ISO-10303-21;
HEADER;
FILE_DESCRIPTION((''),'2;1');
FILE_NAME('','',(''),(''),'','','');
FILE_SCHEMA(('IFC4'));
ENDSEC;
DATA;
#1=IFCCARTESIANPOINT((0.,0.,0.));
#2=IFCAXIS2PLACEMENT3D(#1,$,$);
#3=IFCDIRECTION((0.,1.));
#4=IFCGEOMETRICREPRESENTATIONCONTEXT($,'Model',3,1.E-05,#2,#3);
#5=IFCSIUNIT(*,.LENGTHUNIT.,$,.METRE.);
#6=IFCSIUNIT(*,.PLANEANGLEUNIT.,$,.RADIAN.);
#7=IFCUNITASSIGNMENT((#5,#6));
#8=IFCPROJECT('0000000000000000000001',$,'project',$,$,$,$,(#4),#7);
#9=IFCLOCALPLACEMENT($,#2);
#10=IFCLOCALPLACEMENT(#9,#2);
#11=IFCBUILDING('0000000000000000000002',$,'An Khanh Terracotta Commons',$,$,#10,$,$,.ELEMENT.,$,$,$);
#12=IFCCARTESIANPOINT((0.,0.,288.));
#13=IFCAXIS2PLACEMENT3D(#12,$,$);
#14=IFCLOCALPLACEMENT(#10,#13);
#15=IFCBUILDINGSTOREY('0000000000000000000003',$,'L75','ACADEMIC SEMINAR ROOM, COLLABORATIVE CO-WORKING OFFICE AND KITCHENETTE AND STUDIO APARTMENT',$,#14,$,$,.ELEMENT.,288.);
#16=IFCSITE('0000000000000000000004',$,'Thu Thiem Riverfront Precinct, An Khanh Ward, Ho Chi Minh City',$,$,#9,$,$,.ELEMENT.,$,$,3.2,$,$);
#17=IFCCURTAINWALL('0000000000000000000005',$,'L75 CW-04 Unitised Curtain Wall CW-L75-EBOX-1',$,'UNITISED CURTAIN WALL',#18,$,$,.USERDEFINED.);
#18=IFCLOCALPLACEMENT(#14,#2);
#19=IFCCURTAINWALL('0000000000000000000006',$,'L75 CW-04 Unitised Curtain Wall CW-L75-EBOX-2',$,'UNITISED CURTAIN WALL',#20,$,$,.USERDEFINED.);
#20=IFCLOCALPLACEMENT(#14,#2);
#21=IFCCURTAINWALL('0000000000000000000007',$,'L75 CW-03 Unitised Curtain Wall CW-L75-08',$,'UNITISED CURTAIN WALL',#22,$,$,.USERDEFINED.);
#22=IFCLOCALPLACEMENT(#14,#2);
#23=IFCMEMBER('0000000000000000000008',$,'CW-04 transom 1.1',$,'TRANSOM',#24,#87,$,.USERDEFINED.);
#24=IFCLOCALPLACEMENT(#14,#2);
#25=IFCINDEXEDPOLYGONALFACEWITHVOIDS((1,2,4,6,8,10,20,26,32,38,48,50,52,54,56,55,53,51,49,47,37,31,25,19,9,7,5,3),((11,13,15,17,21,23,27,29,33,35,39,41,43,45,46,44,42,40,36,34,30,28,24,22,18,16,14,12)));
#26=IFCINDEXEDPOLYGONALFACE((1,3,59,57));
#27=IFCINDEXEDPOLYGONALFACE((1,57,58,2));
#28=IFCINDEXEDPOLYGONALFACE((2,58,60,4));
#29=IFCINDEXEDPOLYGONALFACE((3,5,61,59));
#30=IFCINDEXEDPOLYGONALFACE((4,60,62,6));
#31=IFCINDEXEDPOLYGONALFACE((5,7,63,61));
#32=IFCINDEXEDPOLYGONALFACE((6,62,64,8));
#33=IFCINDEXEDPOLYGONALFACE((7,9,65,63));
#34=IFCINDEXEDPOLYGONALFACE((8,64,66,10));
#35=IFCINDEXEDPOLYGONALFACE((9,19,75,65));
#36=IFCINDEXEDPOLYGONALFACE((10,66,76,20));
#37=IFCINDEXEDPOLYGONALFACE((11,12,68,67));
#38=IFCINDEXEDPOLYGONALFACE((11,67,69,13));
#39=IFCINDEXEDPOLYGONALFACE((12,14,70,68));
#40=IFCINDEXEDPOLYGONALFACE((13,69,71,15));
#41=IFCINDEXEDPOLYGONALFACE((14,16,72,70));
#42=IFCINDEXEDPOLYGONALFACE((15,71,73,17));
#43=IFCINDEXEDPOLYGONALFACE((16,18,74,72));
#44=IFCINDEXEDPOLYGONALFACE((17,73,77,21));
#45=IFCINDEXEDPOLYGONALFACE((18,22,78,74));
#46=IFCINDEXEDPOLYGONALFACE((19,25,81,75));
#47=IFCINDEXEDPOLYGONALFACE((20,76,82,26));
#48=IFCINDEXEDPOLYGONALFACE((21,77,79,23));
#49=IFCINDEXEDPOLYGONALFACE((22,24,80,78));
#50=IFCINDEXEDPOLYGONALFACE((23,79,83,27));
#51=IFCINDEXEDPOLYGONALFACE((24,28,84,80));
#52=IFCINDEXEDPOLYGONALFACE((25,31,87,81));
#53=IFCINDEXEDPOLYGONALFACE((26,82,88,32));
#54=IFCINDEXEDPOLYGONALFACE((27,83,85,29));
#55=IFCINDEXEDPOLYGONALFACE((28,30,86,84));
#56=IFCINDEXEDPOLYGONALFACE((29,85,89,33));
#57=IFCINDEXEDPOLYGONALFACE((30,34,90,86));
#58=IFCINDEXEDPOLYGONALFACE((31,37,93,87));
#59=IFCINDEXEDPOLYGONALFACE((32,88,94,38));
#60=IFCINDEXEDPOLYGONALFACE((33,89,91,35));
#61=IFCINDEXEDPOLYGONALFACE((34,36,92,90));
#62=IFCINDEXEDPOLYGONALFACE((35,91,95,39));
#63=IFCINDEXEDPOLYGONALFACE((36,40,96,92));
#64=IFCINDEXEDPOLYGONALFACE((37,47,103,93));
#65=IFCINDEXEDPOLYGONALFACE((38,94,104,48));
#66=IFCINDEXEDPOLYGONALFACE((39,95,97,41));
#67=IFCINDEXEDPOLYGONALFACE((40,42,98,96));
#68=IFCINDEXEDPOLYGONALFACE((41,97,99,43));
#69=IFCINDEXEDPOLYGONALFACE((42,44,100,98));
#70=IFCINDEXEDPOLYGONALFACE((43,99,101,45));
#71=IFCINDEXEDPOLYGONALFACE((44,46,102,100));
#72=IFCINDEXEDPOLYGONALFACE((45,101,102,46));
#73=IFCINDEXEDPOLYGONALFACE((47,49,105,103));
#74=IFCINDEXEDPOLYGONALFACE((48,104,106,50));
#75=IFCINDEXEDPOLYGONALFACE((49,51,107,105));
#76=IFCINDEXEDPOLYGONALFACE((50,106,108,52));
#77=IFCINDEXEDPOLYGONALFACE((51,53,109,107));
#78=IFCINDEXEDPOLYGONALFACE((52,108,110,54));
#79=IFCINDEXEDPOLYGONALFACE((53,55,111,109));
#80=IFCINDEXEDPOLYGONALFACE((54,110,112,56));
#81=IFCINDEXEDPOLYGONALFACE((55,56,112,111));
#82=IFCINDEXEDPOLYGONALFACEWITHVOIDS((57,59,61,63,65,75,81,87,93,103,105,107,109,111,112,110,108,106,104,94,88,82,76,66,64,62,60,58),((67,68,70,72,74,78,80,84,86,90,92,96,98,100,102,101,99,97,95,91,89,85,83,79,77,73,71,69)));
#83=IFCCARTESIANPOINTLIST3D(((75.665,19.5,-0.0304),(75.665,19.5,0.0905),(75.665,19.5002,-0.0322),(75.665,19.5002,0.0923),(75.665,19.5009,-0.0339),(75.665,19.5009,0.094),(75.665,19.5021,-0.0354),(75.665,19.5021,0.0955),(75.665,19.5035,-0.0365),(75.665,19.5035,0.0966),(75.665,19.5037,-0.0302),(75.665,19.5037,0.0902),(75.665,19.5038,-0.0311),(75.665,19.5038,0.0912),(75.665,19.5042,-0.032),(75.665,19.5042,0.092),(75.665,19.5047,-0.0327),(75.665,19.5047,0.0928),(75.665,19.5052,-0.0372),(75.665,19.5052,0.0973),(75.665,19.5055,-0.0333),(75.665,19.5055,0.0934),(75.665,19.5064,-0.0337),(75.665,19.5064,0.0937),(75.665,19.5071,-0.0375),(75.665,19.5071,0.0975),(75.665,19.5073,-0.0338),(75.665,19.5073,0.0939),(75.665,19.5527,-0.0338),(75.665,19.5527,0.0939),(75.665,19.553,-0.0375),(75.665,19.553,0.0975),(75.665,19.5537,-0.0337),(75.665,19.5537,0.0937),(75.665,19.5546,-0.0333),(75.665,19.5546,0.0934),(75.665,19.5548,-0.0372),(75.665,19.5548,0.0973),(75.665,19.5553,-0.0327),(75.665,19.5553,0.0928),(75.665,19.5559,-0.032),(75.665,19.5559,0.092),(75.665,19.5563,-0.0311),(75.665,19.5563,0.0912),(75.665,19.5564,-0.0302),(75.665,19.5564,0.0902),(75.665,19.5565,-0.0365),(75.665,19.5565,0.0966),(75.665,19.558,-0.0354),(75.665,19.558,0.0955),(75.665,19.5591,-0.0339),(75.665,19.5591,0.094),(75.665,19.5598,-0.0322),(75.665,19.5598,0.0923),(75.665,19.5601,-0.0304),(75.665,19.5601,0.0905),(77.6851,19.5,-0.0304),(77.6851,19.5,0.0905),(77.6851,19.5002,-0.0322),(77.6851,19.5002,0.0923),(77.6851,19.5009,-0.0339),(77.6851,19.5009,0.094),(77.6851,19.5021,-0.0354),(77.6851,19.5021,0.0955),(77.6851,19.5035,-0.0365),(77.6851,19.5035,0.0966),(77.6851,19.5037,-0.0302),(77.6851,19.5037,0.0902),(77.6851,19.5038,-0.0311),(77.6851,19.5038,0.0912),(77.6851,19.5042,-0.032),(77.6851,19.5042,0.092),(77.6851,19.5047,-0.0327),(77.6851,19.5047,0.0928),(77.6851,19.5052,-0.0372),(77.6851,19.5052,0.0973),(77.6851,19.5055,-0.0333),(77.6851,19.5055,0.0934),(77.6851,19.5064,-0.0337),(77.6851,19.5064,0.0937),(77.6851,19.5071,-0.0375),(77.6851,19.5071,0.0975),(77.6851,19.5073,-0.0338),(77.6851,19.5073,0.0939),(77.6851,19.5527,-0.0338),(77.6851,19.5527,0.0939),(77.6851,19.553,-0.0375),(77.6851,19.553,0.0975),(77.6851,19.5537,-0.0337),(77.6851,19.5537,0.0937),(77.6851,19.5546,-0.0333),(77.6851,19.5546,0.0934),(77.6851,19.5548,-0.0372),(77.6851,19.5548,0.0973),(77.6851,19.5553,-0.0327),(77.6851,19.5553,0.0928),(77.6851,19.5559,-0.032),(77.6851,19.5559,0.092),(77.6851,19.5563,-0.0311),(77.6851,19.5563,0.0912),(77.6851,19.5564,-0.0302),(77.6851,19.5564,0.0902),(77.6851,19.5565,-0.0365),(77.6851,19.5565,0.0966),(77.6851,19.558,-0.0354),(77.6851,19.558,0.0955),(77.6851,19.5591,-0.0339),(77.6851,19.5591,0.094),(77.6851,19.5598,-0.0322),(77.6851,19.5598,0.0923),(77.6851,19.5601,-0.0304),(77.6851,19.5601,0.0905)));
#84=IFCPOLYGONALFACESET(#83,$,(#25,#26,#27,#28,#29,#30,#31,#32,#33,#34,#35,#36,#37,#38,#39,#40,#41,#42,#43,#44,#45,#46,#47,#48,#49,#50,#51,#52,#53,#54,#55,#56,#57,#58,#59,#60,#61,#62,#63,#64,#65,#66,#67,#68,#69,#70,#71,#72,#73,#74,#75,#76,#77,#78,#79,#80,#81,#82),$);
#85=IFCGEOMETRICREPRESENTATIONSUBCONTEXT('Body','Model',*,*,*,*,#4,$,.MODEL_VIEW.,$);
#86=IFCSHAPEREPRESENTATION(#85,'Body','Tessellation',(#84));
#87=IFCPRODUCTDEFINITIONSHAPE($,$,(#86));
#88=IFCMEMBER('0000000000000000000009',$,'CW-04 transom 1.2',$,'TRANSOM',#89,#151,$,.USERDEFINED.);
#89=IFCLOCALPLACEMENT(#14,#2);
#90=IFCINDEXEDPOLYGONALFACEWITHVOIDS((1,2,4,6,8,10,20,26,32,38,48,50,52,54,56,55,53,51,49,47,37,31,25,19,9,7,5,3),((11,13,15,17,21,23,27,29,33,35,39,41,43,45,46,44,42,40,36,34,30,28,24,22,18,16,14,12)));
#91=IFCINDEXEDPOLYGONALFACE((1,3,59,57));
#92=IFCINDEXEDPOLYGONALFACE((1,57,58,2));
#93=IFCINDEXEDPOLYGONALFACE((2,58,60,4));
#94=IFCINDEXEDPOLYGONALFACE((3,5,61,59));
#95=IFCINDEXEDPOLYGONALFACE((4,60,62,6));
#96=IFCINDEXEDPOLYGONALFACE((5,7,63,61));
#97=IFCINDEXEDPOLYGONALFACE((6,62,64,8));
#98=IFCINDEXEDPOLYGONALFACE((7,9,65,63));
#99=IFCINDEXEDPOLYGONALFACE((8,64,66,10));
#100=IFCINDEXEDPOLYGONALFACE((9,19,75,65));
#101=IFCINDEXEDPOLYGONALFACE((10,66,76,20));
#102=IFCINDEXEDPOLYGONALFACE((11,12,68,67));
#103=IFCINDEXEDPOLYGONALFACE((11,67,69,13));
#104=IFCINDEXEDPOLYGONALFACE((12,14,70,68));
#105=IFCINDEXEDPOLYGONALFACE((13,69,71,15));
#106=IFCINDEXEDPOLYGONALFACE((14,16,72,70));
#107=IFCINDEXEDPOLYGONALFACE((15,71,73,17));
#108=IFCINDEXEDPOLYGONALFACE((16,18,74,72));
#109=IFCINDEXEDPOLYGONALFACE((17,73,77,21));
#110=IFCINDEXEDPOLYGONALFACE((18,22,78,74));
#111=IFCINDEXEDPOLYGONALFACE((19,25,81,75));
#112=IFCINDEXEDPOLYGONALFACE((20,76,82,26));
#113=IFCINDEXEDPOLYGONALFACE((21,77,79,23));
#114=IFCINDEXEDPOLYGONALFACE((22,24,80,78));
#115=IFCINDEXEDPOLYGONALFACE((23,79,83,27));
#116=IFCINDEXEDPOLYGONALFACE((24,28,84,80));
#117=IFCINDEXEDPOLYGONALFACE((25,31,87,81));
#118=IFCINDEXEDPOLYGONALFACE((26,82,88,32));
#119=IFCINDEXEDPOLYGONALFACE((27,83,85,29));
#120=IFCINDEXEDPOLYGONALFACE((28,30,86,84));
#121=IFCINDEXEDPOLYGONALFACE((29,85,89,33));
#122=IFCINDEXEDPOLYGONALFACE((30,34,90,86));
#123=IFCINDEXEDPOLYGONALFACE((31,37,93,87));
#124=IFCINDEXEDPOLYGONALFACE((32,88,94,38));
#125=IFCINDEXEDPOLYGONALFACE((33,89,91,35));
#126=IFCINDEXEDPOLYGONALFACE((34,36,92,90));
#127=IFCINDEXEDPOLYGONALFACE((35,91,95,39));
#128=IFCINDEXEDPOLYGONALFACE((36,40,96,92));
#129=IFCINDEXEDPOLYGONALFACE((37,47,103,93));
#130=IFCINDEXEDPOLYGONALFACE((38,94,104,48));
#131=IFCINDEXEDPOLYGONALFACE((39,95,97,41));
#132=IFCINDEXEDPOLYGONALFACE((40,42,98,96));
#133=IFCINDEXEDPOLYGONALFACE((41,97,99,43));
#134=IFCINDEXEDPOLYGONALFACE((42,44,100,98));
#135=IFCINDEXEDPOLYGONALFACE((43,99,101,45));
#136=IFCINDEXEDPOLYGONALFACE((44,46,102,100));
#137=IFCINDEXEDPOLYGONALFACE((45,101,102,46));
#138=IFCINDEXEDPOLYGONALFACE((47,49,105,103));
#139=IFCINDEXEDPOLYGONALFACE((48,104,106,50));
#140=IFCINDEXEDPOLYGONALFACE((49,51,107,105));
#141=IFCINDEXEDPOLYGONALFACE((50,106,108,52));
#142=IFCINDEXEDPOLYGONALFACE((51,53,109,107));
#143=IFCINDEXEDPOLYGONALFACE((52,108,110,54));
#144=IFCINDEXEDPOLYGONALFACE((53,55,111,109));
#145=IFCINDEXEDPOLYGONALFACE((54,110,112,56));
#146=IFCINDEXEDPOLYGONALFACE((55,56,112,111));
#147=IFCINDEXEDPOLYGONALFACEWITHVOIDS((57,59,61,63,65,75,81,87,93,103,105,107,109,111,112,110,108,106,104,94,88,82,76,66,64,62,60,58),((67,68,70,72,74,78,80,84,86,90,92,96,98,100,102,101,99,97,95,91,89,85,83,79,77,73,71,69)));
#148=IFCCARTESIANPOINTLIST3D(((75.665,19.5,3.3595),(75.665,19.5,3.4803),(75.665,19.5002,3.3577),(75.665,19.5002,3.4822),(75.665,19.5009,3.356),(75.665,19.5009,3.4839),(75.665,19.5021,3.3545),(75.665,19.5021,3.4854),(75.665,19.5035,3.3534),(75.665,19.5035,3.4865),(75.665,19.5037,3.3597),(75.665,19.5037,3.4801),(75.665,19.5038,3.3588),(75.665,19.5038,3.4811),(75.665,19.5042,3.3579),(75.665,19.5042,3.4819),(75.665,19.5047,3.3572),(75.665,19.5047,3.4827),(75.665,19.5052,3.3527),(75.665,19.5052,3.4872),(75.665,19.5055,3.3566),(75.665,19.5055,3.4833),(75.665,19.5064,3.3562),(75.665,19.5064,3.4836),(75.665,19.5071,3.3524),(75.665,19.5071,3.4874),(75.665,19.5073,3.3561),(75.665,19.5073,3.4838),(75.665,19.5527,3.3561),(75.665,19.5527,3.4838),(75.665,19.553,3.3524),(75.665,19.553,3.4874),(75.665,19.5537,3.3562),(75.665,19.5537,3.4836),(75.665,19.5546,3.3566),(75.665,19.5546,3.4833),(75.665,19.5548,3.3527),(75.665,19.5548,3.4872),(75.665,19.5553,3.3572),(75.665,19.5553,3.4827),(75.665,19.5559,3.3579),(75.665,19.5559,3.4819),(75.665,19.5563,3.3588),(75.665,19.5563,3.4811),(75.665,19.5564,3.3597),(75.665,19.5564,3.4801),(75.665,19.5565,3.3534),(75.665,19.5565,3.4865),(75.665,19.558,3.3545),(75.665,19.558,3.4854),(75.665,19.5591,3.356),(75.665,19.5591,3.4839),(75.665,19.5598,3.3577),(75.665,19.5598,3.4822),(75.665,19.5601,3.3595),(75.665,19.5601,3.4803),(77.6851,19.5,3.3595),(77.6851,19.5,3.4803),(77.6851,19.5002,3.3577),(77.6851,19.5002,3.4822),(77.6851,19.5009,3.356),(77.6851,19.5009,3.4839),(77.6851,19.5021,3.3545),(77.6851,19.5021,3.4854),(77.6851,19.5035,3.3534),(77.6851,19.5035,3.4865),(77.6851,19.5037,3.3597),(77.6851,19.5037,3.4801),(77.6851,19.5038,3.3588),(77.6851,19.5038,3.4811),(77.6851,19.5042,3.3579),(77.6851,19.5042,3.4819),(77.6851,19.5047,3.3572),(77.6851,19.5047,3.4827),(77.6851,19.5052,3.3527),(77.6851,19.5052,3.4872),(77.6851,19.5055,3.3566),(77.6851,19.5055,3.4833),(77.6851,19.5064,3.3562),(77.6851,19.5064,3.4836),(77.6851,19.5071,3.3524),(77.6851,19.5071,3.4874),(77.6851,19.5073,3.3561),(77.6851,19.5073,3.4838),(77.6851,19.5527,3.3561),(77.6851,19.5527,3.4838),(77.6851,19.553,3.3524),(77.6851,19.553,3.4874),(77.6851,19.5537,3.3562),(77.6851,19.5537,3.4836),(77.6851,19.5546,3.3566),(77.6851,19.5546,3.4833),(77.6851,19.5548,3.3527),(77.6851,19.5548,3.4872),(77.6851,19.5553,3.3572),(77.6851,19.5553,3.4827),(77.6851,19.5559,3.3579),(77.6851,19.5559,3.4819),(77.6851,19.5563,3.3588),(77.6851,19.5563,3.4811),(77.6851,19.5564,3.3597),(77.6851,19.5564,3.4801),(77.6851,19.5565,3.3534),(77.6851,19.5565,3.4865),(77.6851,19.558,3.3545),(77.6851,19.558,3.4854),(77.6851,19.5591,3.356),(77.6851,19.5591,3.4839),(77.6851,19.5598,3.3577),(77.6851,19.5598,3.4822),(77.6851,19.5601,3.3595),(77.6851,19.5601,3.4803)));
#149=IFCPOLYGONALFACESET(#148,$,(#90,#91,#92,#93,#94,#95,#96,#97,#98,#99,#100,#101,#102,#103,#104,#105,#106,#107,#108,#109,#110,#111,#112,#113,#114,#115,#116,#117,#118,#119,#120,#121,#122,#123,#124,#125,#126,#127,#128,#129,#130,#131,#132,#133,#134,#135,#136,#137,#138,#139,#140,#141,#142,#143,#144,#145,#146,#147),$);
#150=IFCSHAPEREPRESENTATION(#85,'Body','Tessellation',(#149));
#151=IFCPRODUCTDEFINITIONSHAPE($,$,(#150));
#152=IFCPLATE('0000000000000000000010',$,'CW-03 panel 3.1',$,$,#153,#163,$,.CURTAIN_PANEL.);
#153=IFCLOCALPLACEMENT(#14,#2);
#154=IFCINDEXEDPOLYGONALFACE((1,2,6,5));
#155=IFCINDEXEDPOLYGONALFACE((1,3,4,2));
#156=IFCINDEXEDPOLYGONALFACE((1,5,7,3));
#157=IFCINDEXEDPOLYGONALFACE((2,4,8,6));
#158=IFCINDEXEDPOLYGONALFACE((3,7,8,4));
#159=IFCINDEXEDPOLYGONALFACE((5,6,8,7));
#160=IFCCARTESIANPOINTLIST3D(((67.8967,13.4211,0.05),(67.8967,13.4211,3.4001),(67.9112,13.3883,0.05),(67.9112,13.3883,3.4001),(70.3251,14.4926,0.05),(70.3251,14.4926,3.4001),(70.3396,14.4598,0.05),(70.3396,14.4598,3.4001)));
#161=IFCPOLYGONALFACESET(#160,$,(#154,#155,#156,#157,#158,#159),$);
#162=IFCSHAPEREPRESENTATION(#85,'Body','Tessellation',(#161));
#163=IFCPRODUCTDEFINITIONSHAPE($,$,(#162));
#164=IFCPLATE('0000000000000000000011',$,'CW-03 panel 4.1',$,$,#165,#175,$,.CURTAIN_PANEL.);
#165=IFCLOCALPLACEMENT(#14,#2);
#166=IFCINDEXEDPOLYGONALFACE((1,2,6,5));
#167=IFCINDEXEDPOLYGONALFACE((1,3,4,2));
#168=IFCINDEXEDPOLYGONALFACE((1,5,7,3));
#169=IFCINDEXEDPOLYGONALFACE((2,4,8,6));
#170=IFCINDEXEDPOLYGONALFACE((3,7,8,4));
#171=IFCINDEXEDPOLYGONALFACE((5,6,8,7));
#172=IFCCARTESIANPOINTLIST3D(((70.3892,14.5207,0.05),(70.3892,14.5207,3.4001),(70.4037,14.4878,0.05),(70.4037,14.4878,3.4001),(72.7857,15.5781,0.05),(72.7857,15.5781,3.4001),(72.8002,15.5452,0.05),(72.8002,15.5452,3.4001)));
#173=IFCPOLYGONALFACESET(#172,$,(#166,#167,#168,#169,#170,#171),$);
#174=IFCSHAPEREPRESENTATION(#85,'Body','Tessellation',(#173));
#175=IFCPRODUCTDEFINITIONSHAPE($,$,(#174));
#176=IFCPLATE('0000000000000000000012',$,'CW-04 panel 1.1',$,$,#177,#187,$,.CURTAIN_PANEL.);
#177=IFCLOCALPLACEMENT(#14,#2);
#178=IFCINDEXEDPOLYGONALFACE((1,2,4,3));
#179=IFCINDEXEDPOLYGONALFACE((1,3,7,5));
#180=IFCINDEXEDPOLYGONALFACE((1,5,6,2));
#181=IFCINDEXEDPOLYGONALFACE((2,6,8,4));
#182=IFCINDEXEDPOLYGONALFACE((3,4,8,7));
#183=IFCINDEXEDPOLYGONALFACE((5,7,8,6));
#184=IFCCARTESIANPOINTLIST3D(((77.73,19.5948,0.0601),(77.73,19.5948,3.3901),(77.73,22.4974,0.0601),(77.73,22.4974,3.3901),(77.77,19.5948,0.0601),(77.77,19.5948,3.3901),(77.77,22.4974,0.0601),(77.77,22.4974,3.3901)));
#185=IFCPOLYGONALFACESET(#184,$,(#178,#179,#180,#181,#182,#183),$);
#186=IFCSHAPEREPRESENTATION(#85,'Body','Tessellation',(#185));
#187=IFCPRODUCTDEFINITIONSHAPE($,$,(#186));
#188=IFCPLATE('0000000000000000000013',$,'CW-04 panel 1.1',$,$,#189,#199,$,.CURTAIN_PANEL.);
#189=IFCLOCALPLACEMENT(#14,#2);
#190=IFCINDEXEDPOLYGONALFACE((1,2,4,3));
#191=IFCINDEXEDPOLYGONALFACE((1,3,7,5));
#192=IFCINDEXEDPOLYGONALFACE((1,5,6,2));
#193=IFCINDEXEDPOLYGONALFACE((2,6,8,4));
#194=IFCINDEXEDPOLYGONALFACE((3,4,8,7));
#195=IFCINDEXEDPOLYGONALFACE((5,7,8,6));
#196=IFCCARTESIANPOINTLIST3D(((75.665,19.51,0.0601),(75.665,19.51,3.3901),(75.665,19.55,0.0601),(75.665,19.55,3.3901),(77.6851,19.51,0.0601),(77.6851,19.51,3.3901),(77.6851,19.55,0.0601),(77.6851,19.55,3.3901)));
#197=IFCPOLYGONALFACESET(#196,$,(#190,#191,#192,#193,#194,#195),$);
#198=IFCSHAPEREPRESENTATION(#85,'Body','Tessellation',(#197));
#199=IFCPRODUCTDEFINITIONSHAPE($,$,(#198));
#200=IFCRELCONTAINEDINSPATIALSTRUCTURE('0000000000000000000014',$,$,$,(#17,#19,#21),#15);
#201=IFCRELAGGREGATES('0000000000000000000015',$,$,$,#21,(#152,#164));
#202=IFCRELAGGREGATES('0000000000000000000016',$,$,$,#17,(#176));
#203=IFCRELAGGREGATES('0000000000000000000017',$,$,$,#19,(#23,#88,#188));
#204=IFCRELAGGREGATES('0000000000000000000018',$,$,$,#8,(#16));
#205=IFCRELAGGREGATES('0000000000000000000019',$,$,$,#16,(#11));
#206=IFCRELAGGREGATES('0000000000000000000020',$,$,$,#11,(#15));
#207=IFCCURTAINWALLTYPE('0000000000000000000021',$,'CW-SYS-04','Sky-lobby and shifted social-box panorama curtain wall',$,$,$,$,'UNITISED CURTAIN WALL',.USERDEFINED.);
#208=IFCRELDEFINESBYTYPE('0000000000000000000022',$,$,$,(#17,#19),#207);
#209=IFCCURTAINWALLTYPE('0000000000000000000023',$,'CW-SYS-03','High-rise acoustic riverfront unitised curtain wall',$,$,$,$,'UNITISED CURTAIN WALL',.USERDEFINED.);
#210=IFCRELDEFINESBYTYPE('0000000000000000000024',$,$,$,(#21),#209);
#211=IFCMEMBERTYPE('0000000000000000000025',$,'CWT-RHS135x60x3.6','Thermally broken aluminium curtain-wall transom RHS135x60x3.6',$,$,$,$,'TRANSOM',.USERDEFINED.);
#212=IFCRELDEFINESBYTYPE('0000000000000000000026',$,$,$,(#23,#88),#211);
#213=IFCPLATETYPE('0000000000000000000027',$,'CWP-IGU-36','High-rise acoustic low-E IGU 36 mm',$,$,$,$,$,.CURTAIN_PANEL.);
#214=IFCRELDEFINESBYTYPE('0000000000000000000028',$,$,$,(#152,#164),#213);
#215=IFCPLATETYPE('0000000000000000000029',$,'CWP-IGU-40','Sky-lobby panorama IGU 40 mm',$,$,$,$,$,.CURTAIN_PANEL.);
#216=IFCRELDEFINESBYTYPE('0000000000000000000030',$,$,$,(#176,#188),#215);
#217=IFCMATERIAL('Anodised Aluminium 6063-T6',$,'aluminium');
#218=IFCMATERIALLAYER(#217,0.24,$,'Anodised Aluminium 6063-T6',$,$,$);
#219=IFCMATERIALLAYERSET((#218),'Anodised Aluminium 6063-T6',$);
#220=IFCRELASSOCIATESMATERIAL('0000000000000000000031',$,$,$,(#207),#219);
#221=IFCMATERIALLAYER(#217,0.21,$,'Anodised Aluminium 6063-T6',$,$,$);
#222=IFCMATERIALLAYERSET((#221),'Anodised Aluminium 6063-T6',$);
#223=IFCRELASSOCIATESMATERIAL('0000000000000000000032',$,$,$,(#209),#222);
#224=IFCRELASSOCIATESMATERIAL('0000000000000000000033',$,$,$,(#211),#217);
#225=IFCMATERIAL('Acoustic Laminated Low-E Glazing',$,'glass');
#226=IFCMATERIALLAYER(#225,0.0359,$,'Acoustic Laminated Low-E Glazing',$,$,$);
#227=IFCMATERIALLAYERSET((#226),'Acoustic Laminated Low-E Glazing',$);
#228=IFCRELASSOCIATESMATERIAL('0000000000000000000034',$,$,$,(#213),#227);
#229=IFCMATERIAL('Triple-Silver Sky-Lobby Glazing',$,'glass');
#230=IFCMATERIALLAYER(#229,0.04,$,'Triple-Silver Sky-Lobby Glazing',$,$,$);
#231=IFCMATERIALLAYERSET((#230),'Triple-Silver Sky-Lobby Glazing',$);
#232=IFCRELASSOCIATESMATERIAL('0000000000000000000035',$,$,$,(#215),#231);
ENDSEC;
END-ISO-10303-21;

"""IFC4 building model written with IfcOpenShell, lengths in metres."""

from ifc_helpers import new_model, si_unit, direction, frame, origin, origin_2d, place, context, subcontext, project, spatial, rectangle, hollow_rectangle, extrude, material, layer, layer_set, material_profile, profile_set, type_object, element, aggregate, save


model = new_model("IFC4")

# Units and contexts
model_context = context("Model", 3, precision=1e-05, world=origin(), true_north=direction((0.0, 1.0)))
body_context = subcontext(model_context, "Body", "Model", "MODEL_VIEW")
ifc_project = project(units=[si_unit("LENGTHUNIT", "METRE"), si_unit("PLANEANGLEUNIT", "RADIAN")], contexts=[model_context])

# Site, building, storey
site_placement = place(None, origin())
site = spatial("IfcSite", under=ifc_project, at=site_placement, Name="Thu Thiem Riverfront Precinct, An Khanh Ward, Ho Chi Minh City", CompositionType="ELEMENT", RefElevation=3.2)
building_placement = place(site_placement, origin())
building = spatial("IfcBuilding", under=site, at=building_placement, Name="An Khanh Terracotta Commons", CompositionType="ELEMENT")
storey_placement = place(building_placement, frame((0.0, 0.0, 288.0)))
storey = spatial("IfcBuildingStorey", under=building, at=storey_placement, Name="L75", Description="ACADEMIC SEMINAR ROOM, COLLABORATIVE CO-WORKING OFFICE AND KITCHENETTE AND STUDIO APARTMENT", CompositionType="ELEMENT", Elevation=288.0)

# Curtain walls
ifc_material_1 = material(Name="Anodised Aluminium 6063-T6", Category="aluminium")
ifc_layer_1 = layer(ifc_material_1, 0.24, Name="Anodised Aluminium 6063-T6")
ifc_layer_set_1 = layer_set([ifc_layer_1], Name="Anodised Aluminium 6063-T6")
curtain_wall_type_1 = type_object("IfcCurtainWallType", Name="CW-SYS-04", Description="Sky-lobby and shifted social-box panorama curtain wall", ElementType="UNITISED CURTAIN WALL", PredefinedType="USERDEFINED", material=ifc_layer_set_1)
curtain_wall_1_placement = place(storey_placement, origin())
curtain_wall_1 = element("IfcCurtainWall", 1, at=curtain_wall_1_placement, inside=storey, type_object=curtain_wall_type_1, Name="L75 CW-04 Unitised Curtain Wall CW-L75-EBOX-1", ObjectType="UNITISED CURTAIN WALL", PredefinedType="USERDEFINED")
curtain_wall_2_placement = place(storey_placement, origin())
curtain_wall_2 = element("IfcCurtainWall", 2, at=curtain_wall_2_placement, inside=storey, type_object=curtain_wall_type_1, Name="L75 CW-04 Unitised Curtain Wall CW-L75-EBOX-2", ObjectType="UNITISED CURTAIN WALL", PredefinedType="USERDEFINED")
ifc_layer_2 = layer(ifc_material_1, 0.21, Name="Anodised Aluminium 6063-T6")
ifc_layer_set_2 = layer_set([ifc_layer_2], Name="Anodised Aluminium 6063-T6")
curtain_wall_type_2 = type_object("IfcCurtainWallType", Name="CW-SYS-03", Description="High-rise acoustic riverfront unitised curtain wall", ElementType="UNITISED CURTAIN WALL", PredefinedType="USERDEFINED", material=ifc_layer_set_2)
curtain_wall_3_placement = place(storey_placement, origin())
curtain_wall_3 = element("IfcCurtainWall", 3, at=curtain_wall_3_placement, inside=storey, type_object=curtain_wall_type_2, Name="L75 CW-03 Unitised Curtain Wall CW-L75-08", ObjectType="UNITISED CURTAIN WALL", PredefinedType="USERDEFINED")

# Members
ifc_material_profile_1 = material_profile(ifc_material_1, hollow_rectangle(XDim=0.0601, YDim=0.135, WallThickness=0.0037, InnerFilletRadius=0.0037, OuterFilletRadius=0.0071, at=origin_2d()), Name="RHS135x60x3.6")
ifc_profile_set_1 = profile_set([ifc_material_profile_1], Name="Anodised Aluminium 6063-T6")
member_type_1 = type_object("IfcMemberType", Name="CWT-RHS135x60x3.6", Description="Thermally broken aluminium curtain-wall transom RHS135x60x3.6", ElementType="TRANSOM", PredefinedType="USERDEFINED", material=ifc_profile_set_1)
member_1_placement = place(storey_placement, frame((75.665, 19.53, 0.03), z_axis=(1.0, 0.0, 0.0), x_axis=(0.0, 1.0, 0.0)))
member_1 = element("IfcMember", 4, at=member_1_placement, type_object=member_type_1, Name="CW-04 transom 1.1", ObjectType="TRANSOM", PredefinedType="USERDEFINED", context=body_context, shape_type="SweptSolid", body=[
    extrude(hollow_rectangle(XDim=0.0601, YDim=0.135, WallThickness=0.0037, InnerFilletRadius=0.0037, OuterFilletRadius=0.0071, at=origin_2d()), origin(), (0.0, 0.0, 1.0), 2.02),
])
member_2_placement = place(storey_placement, frame((75.665, 19.53, 3.4199), z_axis=(1.0, 0.0, 0.0), x_axis=(0.0, 1.0, 0.0)))
member_2 = element("IfcMember", 5, at=member_2_placement, type_object=member_type_1, Name="CW-04 transom 1.2", ObjectType="TRANSOM", PredefinedType="USERDEFINED", context=body_context, shape_type="SweptSolid", body=[
    extrude(hollow_rectangle(XDim=0.0601, YDim=0.135, WallThickness=0.0037, InnerFilletRadius=0.0037, OuterFilletRadius=0.0071, at=origin_2d()), origin(), (0.0, 0.0, 1.0), 2.02),
])

# Plates
ifc_material_2 = material(Name="Acoustic Laminated Low-E Glazing", Category="glass")
ifc_layer_3 = layer(ifc_material_2, 0.0359, Name="Acoustic Laminated Low-E Glazing")
ifc_layer_set_3 = layer_set([ifc_layer_3], Name="Acoustic Laminated Low-E Glazing")
plate_type_1 = type_object("IfcPlateType", Name="CWP-IGU-36", Description="High-rise acoustic low-E IGU 36 mm", PredefinedType="CURTAIN_PANEL", material=ifc_layer_set_3)
plate_1_placement = place(storey_placement, frame((69.1182, 13.9404, 0.05), z_axis=(0.0, 0.0, 1.0), x_axis=(0.914902, 0.403676, 0.0)))
plate_1 = element("IfcPlate", 6, at=plate_1_placement, type_object=plate_type_1, Name="CW-03 panel 3.1", PredefinedType="CURTAIN_PANEL", context=body_context, shape_type="SweptSolid", body=[
    extrude(rectangle(XDim=2.6543, YDim=0.0359, at=origin_2d()), origin(), (0.0, 0.0, 1.0), 3.3501),
])
plate_2_placement = place(storey_placement, frame((71.5947, 15.033, 0.05), z_axis=(0.0, 0.0, 1.0), x_axis=(0.914902, 0.403676, 0.0)))
plate_2 = element("IfcPlate", 7, at=plate_2_placement, type_object=plate_type_1, Name="CW-03 panel 4.1", PredefinedType="CURTAIN_PANEL", context=body_context, shape_type="SweptSolid", body=[
    extrude(rectangle(XDim=2.6194, YDim=0.0359, at=origin_2d()), origin(), (0.0, 0.0, 1.0), 3.3501),
])
aggregate(curtain_wall_3, [plate_1, plate_2])
ifc_material_3 = material(Name="Triple-Silver Sky-Lobby Glazing", Category="glass")
ifc_layer_4 = layer(ifc_material_3, 0.04, Name="Triple-Silver Sky-Lobby Glazing")
ifc_layer_set_4 = layer_set([ifc_layer_4], Name="Triple-Silver Sky-Lobby Glazing")
plate_type_2 = type_object("IfcPlateType", Name="CWP-IGU-40", Description="Sky-lobby panorama IGU 40 mm", PredefinedType="CURTAIN_PANEL", material=ifc_layer_set_4)
plate_3_placement = place(storey_placement, frame((77.75, 21.0461, 0.0601), z_axis=(0.0, 0.0, 1.0), x_axis=(0.0, 1.0, 0.0)))
plate_3 = element("IfcPlate", 8, at=plate_3_placement, type_object=plate_type_2, Name="CW-04 panel 1.1", PredefinedType="CURTAIN_PANEL", context=body_context, shape_type="SweptSolid", body=[
    extrude(rectangle(XDim=2.9026, YDim=0.04, at=origin_2d()), origin(), (0.0, 0.0, 1.0), 3.3301),
])
aggregate(curtain_wall_1, [plate_3])
plate_4_placement = place(storey_placement, frame((76.675, 19.53, 0.0601), z_axis=(0.0, 0.0, 1.0), x_axis=(1.0, 0.0, 0.0)))
plate_4 = element("IfcPlate", 9, at=plate_4_placement, type_object=plate_type_2, Name="CW-04 panel 1.1", PredefinedType="CURTAIN_PANEL", context=body_context, shape_type="SweptSolid", body=[
    extrude(rectangle(XDim=2.02, YDim=0.04, at=origin_2d()), origin(), (0.0, 0.0, 1.0), 3.3301),
])
aggregate(curtain_wall_2, [member_1, member_2, plate_4])

save(model, "model.ifc")
